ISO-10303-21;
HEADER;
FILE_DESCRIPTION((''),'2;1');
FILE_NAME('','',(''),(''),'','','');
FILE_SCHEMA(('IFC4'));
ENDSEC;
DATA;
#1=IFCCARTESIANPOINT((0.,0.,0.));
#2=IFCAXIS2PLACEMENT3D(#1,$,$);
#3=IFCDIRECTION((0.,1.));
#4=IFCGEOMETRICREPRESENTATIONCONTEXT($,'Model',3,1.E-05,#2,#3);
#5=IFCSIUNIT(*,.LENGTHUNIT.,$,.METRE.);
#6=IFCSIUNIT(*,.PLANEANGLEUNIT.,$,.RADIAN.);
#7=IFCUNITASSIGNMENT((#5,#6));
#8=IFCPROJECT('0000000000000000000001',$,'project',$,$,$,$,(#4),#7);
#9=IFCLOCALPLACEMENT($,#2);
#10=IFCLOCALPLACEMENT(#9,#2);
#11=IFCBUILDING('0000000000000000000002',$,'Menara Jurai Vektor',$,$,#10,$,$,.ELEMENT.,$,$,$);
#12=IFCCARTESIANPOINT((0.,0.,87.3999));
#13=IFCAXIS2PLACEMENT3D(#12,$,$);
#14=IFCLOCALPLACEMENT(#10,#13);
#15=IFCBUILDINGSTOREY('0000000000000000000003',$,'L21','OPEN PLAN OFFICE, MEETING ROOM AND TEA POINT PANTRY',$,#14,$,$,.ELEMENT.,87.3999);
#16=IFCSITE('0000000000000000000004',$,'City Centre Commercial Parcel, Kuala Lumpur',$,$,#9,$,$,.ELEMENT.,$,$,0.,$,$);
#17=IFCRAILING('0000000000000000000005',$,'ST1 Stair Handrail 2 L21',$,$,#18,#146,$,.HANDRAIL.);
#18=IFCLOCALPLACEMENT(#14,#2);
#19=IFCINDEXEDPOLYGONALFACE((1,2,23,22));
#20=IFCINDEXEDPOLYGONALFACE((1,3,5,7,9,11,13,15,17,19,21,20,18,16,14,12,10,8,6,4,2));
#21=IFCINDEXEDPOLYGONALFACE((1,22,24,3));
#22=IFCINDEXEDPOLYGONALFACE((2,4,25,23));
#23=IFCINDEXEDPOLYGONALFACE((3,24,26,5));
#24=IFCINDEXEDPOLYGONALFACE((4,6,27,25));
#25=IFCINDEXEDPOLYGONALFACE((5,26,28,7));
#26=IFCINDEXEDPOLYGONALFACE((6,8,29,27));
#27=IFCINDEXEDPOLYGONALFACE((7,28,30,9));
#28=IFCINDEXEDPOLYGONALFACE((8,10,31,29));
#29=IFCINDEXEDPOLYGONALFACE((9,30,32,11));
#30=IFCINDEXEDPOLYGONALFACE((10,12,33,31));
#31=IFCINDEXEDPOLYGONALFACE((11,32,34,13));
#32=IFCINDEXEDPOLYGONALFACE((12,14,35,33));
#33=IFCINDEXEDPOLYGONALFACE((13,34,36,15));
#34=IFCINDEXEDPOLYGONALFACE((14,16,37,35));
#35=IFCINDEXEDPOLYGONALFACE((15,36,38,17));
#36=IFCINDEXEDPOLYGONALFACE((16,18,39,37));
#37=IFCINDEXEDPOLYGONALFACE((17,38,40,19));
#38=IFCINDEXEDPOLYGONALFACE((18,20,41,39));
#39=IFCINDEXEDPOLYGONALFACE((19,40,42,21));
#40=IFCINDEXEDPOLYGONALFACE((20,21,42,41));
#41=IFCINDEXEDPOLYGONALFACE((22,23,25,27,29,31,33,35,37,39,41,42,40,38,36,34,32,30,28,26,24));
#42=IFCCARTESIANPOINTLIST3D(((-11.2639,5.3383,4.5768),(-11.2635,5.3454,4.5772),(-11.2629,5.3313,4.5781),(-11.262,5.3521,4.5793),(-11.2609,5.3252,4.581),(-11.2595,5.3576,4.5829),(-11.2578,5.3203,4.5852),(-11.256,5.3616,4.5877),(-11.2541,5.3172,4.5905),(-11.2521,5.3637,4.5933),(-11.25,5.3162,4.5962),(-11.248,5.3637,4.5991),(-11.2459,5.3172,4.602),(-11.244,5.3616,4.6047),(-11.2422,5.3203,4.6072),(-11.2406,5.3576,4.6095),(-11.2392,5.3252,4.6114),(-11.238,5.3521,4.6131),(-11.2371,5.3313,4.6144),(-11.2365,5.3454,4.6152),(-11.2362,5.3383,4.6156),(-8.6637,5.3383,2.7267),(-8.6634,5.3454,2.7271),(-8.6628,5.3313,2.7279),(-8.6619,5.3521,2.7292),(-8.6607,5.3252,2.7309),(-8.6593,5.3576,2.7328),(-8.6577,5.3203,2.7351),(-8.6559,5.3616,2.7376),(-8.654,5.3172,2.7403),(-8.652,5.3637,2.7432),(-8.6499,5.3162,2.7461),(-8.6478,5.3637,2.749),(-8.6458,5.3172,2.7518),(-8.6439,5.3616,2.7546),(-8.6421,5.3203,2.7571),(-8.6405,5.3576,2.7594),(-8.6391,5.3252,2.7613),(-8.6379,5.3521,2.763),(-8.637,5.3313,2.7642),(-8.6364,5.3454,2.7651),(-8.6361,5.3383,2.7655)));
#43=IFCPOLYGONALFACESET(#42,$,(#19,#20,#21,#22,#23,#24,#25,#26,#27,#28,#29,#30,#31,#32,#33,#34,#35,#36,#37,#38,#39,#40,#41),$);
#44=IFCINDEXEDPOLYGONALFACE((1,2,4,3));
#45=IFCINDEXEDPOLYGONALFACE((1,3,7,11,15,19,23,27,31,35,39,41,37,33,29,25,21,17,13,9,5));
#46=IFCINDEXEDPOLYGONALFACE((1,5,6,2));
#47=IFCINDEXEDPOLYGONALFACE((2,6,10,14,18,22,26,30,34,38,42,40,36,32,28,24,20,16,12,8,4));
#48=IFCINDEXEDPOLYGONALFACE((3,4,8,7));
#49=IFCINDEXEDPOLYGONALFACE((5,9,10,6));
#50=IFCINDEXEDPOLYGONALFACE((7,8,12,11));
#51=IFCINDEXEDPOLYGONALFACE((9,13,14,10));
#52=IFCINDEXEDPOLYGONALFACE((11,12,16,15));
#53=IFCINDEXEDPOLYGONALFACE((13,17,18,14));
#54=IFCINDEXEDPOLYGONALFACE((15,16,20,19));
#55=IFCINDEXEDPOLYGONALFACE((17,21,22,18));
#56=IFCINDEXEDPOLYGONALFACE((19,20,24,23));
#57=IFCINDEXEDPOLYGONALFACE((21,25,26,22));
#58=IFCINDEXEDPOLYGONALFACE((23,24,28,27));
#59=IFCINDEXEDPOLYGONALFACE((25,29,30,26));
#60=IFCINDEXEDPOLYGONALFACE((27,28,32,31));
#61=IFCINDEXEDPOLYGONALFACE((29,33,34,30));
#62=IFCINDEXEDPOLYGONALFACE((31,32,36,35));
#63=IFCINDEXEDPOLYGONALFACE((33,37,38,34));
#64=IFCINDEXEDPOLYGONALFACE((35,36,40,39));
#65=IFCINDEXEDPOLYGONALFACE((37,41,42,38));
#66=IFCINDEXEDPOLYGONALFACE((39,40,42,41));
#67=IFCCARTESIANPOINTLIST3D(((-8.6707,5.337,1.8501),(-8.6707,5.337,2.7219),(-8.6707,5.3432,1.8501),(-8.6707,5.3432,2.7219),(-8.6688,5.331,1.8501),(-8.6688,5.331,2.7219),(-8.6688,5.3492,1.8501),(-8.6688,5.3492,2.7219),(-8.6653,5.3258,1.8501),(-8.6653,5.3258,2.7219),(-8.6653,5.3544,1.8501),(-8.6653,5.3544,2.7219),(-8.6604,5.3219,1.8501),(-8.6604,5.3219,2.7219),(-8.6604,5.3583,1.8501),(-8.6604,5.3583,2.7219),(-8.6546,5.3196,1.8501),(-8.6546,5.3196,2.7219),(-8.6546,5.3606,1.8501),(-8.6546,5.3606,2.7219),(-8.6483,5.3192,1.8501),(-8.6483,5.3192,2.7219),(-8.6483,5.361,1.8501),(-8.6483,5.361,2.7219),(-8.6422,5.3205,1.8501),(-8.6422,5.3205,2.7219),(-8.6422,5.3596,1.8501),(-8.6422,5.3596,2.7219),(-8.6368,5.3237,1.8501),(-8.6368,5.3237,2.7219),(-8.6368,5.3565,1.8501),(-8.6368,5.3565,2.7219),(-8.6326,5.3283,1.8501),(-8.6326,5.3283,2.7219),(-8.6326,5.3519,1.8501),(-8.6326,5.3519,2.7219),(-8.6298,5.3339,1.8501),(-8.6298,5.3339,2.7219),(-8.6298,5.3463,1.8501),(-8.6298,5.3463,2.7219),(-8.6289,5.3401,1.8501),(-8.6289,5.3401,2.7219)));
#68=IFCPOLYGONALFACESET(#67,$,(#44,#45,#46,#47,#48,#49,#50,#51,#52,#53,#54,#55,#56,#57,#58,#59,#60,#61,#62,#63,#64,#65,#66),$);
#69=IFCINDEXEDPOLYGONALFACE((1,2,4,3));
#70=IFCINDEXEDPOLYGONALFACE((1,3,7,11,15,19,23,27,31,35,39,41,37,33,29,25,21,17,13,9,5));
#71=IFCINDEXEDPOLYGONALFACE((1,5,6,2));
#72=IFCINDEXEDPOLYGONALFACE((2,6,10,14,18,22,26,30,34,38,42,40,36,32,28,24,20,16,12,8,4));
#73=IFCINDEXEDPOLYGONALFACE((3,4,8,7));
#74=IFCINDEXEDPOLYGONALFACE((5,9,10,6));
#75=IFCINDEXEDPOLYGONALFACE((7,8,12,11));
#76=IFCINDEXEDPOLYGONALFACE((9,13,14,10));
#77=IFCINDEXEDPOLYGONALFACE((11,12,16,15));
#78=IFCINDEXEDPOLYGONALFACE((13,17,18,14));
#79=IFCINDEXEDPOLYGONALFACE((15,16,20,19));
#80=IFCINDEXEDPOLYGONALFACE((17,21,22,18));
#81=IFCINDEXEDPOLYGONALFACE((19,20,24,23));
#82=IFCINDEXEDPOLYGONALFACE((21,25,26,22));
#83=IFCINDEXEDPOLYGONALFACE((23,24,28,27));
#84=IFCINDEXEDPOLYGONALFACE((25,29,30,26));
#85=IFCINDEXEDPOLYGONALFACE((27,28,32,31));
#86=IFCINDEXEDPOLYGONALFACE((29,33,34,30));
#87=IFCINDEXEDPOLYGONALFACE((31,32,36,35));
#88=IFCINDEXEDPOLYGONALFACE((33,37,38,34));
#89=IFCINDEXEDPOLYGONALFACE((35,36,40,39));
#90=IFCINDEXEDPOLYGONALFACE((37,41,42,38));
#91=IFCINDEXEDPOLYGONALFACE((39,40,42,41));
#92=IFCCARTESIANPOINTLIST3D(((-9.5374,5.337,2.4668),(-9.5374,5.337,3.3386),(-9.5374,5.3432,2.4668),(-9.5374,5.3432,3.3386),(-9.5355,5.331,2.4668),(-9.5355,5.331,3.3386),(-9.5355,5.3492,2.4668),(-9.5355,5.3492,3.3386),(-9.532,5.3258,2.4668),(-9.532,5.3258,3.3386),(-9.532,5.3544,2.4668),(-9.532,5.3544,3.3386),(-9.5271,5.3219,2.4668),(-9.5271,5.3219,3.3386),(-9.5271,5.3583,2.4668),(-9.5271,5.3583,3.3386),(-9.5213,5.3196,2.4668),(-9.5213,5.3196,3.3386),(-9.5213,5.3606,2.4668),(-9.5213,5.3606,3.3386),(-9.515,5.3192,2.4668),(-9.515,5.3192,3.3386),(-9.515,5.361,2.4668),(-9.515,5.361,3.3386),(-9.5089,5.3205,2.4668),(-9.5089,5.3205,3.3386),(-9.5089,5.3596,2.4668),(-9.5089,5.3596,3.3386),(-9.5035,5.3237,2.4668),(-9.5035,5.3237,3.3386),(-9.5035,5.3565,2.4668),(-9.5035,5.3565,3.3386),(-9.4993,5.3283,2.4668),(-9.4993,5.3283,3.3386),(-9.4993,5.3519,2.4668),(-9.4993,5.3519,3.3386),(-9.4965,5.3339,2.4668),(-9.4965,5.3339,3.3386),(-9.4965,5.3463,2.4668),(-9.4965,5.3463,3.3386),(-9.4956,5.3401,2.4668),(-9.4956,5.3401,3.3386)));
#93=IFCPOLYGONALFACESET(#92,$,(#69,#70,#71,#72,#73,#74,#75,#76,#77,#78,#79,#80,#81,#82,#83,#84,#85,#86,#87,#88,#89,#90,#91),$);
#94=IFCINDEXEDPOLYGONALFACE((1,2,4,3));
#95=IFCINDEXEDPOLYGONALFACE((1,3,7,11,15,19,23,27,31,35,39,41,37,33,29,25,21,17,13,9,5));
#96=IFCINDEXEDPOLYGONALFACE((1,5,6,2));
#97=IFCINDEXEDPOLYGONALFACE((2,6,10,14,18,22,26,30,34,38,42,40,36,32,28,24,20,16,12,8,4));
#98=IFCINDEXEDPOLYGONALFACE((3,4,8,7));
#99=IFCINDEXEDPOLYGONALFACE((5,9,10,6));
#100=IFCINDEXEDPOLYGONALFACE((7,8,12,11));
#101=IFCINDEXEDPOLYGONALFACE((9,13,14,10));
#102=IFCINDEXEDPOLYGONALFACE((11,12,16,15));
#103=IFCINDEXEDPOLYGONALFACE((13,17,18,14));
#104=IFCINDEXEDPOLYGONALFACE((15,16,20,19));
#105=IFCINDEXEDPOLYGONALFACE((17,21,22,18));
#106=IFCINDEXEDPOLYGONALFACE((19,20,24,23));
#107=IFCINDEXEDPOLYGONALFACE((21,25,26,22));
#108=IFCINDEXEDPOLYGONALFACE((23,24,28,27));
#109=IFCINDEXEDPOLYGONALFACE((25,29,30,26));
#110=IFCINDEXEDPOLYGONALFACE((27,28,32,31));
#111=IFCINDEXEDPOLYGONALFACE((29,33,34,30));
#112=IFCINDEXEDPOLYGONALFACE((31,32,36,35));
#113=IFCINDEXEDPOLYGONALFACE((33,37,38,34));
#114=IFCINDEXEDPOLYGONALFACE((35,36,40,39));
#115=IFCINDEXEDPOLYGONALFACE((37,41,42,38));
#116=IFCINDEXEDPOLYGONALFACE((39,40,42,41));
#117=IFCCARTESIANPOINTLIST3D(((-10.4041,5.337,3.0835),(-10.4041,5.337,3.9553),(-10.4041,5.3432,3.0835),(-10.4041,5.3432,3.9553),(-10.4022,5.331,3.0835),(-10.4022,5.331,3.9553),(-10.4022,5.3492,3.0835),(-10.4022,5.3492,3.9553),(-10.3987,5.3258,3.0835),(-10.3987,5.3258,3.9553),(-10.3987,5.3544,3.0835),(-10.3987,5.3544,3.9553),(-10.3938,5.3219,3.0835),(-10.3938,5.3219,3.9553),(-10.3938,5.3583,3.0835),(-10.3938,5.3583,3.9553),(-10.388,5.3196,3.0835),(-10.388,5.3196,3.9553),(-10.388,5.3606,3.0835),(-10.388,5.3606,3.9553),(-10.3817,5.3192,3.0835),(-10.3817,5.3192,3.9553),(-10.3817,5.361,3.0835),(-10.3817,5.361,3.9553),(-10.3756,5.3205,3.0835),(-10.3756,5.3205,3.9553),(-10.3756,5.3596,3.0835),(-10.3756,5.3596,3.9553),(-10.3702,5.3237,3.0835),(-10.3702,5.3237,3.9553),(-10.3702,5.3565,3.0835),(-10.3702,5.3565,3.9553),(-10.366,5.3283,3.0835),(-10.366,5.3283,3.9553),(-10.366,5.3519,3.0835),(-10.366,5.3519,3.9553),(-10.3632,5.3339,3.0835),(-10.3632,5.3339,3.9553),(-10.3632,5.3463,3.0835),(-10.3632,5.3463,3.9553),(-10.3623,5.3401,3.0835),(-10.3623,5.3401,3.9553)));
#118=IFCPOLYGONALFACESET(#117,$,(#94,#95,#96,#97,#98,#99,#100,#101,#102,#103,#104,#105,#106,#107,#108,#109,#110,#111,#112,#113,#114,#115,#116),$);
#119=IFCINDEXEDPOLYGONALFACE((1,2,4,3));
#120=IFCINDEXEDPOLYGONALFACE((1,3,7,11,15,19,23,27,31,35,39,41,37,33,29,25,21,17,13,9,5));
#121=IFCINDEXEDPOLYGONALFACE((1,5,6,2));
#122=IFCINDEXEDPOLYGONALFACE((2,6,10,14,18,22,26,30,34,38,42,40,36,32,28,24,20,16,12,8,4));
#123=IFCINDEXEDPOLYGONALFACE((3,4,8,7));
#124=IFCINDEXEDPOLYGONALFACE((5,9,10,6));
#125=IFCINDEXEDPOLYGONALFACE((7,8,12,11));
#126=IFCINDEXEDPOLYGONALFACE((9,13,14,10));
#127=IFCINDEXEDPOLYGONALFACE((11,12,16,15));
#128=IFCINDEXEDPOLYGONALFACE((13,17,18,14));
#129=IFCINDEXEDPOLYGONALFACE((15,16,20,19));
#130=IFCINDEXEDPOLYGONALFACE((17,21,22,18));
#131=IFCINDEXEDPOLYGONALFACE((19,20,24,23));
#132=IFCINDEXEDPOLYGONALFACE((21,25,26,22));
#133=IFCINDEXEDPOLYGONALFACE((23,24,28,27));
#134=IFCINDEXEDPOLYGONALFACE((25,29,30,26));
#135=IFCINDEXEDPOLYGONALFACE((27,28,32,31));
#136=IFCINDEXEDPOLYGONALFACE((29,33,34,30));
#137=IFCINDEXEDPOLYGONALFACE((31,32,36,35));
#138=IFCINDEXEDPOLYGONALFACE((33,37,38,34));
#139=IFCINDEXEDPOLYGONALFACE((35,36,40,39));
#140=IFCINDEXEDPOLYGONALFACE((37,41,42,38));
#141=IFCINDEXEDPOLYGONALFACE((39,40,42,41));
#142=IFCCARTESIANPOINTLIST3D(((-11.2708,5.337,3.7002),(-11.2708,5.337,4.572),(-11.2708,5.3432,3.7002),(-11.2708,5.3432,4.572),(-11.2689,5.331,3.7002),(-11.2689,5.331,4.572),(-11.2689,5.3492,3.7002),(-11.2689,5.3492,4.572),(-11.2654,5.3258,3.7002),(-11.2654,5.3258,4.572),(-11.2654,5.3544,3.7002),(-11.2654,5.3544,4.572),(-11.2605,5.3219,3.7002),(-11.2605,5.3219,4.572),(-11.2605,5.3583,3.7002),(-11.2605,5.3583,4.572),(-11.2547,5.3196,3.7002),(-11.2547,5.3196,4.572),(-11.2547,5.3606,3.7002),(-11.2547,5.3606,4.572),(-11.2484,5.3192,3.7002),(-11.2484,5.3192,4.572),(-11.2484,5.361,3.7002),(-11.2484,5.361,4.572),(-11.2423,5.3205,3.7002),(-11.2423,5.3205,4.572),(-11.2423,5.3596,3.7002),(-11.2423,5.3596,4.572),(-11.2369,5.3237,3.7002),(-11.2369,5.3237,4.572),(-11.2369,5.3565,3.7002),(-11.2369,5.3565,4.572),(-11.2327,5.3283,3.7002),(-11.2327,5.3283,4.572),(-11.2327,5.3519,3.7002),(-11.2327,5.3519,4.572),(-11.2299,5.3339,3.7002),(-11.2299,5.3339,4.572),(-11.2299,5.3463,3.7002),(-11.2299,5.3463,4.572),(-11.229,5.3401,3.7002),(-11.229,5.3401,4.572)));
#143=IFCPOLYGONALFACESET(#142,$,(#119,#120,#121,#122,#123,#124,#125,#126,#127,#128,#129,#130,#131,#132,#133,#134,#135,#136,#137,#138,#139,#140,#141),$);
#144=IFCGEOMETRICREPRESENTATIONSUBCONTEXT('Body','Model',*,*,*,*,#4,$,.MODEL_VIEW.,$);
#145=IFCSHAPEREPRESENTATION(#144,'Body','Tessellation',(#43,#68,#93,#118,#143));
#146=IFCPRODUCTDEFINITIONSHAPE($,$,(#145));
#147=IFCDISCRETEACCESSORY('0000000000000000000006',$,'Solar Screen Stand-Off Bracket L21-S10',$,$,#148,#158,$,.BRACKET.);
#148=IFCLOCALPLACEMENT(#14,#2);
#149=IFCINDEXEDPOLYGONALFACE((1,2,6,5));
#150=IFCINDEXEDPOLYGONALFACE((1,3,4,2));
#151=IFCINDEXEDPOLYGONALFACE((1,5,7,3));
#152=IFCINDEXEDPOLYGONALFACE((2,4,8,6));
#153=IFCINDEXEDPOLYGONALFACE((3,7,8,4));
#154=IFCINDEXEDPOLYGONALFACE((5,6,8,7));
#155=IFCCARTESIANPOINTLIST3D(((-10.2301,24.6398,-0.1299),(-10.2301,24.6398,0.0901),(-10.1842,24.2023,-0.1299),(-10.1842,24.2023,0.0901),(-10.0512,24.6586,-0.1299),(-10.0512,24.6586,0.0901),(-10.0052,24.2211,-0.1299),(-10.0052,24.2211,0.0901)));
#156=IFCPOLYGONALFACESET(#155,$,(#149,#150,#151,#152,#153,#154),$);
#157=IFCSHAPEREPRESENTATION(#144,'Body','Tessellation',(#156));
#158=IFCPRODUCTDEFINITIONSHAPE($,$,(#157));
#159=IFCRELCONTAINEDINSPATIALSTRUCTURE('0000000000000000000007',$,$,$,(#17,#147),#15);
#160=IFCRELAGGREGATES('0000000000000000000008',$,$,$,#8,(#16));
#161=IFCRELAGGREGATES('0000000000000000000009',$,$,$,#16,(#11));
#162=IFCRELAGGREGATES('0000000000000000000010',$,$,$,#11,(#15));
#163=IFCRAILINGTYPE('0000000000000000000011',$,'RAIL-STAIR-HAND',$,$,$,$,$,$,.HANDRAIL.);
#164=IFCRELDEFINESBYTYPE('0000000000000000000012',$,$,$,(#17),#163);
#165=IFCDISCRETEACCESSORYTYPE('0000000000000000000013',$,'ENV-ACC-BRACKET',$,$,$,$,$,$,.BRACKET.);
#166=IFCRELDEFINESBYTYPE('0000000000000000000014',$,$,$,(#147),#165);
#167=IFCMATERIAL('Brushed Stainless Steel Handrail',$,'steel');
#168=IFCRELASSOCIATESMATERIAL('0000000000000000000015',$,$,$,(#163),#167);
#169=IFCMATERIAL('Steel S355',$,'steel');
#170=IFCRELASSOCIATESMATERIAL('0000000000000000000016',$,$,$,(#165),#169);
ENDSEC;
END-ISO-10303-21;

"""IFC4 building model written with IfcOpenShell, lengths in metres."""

from ifc_helpers import new_model, si_unit, direction, frame, origin, origin_2d, place, context, subcontext, project, spatial, rectangle, circle, extrude, material, type_object, element, save


model = new_model("IFC4")

# Units and contexts
model_context = context("Model", 3, precision=1e-05, world=origin(), true_north=direction((0.0, 1.0)))
body_context = subcontext(model_context, "Body", "Model", "MODEL_VIEW")
ifc_project = project(units=[si_unit("LENGTHUNIT", "METRE"), si_unit("PLANEANGLEUNIT", "RADIAN")], contexts=[model_context])

# Site, building, storey
site_placement = place(None, origin())
site = spatial("IfcSite", under=ifc_project, at=site_placement, Name="City Centre Commercial Parcel, Kuala Lumpur", CompositionType="ELEMENT", RefElevation=0.0)
building_placement = place(site_placement, origin())
building = spatial("IfcBuilding", under=site, at=building_placement, Name="Menara Jurai Vektor", CompositionType="ELEMENT")
storey_placement = place(building_placement, frame((0.0, 0.0, 87.3999)))
storey = spatial("IfcBuildingStorey", under=building, at=storey_placement, Name="L21", Description="OPEN PLAN OFFICE, MEETING ROOM AND TEA POINT PANTRY", CompositionType="ELEMENT", Elevation=87.3999)

# Shared definitions
ifc_material_1 = material(Name="Steel S355", Category="steel")

# Railing
ifc_material_2 = material(Name="Brushed Stainless Steel Handrail", Category="steel")
railing_type = type_object("IfcRailingType", Name="RAIL-STAIR-HAND", PredefinedType="HANDRAIL", material=ifc_material_2)
railing_placement = place(storey_placement, frame((-8.6499, 5.3401, 1.8501)))
element("IfcRailing", 1, at=railing_placement, inside=storey, type_object=railing_type, Name="ST1 Stair Handrail 2 L21", PredefinedType="HANDRAIL", context=body_context, shape_type="SweptSolid", body=[
    extrude(circle(Radius=0.0239, at=origin_2d()), frame((0.0, 0.0, 0.896), z_axis=(-0.814787, 0.0, 0.579761), x_axis=(0.0, -1.0, 0.0)), (0.0, 0.0, 1.0), 3.1912),
    extrude(circle(Radius=0.021, at=origin_2d()), origin(), (0.0, 0.0, 1.0), 0.8718),
    extrude(circle(Radius=0.021, at=origin_2d()), frame((-0.8667, 0.0, 0.6167)), (0.0, 0.0, 1.0), 0.8718),
    extrude(circle(Radius=0.021, at=origin_2d()), frame((-1.7334, 0.0, 1.2334)), (0.0, 0.0, 1.0), 0.8718),
    extrude(circle(Radius=0.021, at=origin_2d()), frame((-2.6001, 0.0, 1.8501)), (0.0, 0.0, 1.0), 0.8718),
])

# Discrete accessory
discrete_accessory_type = type_object("IfcDiscreteAccessoryType", Name="ENV-ACC-BRACKET", PredefinedType="BRACKET", material=ifc_material_1)
discrete_accessory_placement = place(storey_placement, frame((-10.1177, 24.4304, -0.1299), z_axis=(0.0, 0.0, 1.0), x_axis=(-0.994522, -0.104528, 0.0)))
element("IfcDiscreteAccessory", 2, at=discrete_accessory_placement, inside=storey, type_object=discrete_accessory_type, Name="Solar Screen Stand-Off Bracket L21-S10", PredefinedType="BRACKET", context=body_context, shape_type="SweptSolid", body=[
    extrude(rectangle(XDim=0.1799, YDim=0.4399, at=origin_2d()), origin(), (0.0, 0.0, 1.0), 0.22),
])

save(model, "model.ifc")
